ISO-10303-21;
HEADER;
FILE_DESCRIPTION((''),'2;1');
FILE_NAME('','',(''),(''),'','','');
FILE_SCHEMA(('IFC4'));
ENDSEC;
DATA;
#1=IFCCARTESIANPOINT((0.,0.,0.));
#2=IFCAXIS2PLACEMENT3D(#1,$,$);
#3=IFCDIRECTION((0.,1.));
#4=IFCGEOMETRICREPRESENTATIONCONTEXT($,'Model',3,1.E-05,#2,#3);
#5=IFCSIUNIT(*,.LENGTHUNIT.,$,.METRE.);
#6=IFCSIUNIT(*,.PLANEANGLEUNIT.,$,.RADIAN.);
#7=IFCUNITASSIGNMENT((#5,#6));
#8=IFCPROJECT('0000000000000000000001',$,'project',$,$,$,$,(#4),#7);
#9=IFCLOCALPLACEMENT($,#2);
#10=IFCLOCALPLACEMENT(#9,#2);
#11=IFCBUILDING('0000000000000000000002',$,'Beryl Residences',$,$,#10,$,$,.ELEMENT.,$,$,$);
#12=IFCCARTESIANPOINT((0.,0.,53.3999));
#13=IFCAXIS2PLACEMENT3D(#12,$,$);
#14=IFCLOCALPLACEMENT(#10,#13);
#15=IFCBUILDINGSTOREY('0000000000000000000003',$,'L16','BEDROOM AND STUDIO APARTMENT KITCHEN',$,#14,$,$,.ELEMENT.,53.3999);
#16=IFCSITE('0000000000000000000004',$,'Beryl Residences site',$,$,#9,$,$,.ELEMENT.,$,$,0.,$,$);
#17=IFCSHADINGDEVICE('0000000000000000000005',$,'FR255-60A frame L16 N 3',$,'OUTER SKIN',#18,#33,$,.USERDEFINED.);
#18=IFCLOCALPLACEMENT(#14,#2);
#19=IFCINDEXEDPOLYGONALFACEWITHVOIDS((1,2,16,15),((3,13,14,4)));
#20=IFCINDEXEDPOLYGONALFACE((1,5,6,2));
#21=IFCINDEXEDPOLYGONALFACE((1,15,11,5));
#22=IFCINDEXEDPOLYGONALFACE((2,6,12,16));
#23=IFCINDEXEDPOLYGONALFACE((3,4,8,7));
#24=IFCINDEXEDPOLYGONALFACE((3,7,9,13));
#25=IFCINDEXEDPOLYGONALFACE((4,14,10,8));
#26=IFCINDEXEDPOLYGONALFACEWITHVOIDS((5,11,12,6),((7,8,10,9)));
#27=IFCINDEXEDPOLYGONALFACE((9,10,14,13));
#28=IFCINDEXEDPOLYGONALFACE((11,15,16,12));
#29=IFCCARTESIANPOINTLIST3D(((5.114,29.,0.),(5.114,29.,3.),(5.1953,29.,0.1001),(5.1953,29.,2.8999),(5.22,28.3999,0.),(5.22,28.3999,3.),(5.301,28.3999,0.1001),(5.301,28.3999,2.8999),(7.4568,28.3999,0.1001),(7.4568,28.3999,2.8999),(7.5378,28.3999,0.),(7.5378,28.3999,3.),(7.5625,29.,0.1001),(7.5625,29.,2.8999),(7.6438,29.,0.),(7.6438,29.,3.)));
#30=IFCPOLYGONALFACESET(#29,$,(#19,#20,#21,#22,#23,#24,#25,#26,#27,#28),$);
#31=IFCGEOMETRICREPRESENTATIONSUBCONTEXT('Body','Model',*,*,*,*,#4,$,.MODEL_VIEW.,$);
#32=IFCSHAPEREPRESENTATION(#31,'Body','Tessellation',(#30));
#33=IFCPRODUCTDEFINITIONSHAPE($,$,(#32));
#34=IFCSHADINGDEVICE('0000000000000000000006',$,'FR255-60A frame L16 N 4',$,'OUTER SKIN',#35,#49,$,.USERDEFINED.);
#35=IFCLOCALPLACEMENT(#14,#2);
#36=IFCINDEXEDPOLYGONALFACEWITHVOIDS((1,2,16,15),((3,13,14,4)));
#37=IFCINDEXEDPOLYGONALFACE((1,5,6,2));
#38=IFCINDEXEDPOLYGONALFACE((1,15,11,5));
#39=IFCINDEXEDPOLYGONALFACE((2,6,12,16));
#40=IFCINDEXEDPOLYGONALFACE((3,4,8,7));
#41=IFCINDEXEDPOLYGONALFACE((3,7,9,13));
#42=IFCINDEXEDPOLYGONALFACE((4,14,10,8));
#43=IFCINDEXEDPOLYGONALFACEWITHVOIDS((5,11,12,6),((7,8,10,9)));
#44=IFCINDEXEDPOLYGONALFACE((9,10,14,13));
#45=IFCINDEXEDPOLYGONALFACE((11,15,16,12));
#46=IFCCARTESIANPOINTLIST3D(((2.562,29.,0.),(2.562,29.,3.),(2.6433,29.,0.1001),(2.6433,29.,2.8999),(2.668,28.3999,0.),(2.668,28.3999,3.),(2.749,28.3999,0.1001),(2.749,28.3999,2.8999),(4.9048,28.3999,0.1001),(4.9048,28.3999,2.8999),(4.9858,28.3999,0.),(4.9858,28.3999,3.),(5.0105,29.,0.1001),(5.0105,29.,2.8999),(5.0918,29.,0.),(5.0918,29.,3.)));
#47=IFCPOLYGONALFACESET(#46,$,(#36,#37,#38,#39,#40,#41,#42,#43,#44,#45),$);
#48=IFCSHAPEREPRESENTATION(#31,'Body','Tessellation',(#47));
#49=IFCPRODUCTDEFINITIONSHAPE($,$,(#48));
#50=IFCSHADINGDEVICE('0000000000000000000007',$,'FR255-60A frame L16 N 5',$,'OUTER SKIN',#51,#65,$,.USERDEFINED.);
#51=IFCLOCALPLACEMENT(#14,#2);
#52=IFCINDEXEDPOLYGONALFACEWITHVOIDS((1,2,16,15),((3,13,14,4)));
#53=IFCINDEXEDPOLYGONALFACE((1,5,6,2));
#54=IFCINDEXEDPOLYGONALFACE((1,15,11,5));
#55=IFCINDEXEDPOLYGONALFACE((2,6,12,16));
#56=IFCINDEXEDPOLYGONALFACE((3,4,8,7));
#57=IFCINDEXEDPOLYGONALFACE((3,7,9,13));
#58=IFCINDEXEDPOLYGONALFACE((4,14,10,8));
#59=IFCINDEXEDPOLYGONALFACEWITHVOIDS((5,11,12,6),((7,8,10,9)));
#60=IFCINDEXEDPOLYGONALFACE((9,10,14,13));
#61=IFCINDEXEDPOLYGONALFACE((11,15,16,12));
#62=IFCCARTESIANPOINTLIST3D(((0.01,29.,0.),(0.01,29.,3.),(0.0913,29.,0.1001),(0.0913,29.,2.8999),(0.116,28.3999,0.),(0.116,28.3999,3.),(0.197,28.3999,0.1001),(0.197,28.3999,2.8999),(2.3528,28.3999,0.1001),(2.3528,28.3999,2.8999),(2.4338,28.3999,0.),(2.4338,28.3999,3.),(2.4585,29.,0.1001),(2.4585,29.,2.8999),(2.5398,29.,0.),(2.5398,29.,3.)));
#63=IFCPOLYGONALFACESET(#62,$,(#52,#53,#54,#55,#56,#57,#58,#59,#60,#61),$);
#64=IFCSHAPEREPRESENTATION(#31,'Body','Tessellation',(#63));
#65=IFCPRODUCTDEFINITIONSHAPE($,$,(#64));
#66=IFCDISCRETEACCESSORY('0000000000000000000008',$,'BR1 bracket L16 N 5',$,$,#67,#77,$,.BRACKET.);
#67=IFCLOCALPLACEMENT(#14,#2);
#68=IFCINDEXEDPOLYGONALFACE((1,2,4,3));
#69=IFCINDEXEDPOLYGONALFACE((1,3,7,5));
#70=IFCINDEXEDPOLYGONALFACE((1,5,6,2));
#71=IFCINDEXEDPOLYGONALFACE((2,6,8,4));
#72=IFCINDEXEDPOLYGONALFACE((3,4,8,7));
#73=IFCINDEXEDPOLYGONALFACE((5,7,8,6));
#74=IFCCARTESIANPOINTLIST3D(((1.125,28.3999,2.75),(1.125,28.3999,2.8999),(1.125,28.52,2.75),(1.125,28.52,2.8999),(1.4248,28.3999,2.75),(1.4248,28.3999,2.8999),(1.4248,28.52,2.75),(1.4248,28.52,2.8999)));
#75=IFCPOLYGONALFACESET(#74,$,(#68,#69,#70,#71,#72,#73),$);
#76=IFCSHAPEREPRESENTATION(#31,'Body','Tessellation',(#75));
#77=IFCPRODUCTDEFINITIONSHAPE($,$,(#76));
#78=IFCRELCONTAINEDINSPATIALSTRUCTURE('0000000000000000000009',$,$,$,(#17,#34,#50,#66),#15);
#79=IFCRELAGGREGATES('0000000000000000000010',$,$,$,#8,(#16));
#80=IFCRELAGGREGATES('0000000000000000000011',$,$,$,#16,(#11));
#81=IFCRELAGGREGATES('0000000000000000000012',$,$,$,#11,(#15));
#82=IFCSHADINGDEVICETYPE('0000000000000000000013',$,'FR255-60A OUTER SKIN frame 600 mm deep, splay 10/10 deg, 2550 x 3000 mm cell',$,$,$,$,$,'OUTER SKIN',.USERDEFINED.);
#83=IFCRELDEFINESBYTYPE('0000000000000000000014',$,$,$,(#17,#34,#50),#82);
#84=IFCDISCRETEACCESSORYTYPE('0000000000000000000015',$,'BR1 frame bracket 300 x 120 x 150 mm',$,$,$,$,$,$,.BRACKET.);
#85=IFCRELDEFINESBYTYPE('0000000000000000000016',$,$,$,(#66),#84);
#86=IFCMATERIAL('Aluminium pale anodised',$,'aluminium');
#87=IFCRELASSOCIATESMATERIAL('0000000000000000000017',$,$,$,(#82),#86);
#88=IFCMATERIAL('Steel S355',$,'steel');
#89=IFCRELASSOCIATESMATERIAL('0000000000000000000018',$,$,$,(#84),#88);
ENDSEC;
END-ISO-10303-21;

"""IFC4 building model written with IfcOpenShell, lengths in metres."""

from ifc_helpers import new_model, entity, si_unit, direction, frame, origin, place, context, subcontext, project, spatial, polyline, outline, extrude, source, transform, mapped, material, type_object, type_shapes, element, save


model = new_model("IFC4")

# Units and contexts
model_context = context("Model", 3, precision=1e-05, world=origin(), true_north=direction((0.0, 1.0)))
body_context = subcontext(model_context, "Body", "Model", "MODEL_VIEW")
ifc_project = project(units=[si_unit("LENGTHUNIT", "METRE"), si_unit("PLANEANGLEUNIT", "RADIAN")], contexts=[model_context])

# Site, building, storey
site_placement = place(None, origin())
site = spatial("IfcSite", under=ifc_project, at=site_placement, Name="Beryl Residences site", CompositionType="ELEMENT", RefElevation=0.0)
building_placement = place(site_placement, origin())
building = spatial("IfcBuilding", under=site, at=building_placement, Name="Beryl Residences", CompositionType="ELEMENT")
storey_placement = place(building_placement, frame((0.0, 0.0, 53.3999)))
storey = spatial("IfcBuildingStorey", under=building, at=storey_placement, Name="L16", Description="BEDROOM AND STUDIO APARTMENT KITCHEN", CompositionType="ELEMENT", Elevation=53.3999)

# Shading devices
ifc_material_1 = material(Name="Aluminium pale anodised", Category="aluminium")
shading_device_type = type_object("IfcShadingDeviceType", Name="FR255-60A OUTER SKIN frame 600 mm deep, splay 10/10 deg, 2550 x 3000 mm cell", ElementType="OUTER SKIN", PredefinedType="USERDEFINED", material=ifc_material_1)
cartesian_point_1 = entity("IfcCartesianPoint", [-1.1589, 0.0])
cartesian_point_2 = entity("IfcCartesianPoint", [-1.0779, 0.1001])
cartesian_point_3 = entity("IfcCartesianPoint", [-1.2649, 0.0])
cartesian_point_4 = entity("IfcCartesianPoint", [-1.1836, 0.1001])
shared_shape_1 = source(origin(), body_context, "Body", "SweptSolid", [
    entity("IfcExtrudedAreaSolidTapered", entity("IfcArbitraryProfileDefWithVoids", "AREA", None, entity("IfcPolyline", [cartesian_point_1, entity("IfcCartesianPoint", [1.1589, 0.0]), entity("IfcCartesianPoint", [1.1589, 3.0]), entity("IfcCartesianPoint", [-1.1589, 3.0]), cartesian_point_1]), [entity("IfcPolyline", [cartesian_point_2, entity("IfcCartesianPoint", [1.0779, 0.1001]), entity("IfcCartesianPoint", [1.0779, 2.8999]), entity("IfcCartesianPoint", [-1.0779, 2.8999]), cartesian_point_2])]), entity("IfcAxis2Placement3D", entity("IfcCartesianPoint", [0.0, 0.0, 0.0]), entity("IfcDirection", [0.0, 1.0, 0.0]), entity("IfcDirection", [-1.0, 0.0, 0.0])), entity("IfcDirection", [0.0, 0.0, 1.0]), 0.6001, entity("IfcArbitraryProfileDefWithVoids", "AREA", None, entity("IfcPolyline", [cartesian_point_3, entity("IfcCartesianPoint", [1.2649, 0.0]), entity("IfcCartesianPoint", [1.2649, 3.0]), entity("IfcCartesianPoint", [-1.2649, 3.0]), cartesian_point_3]), [entity("IfcPolyline", [cartesian_point_4, entity("IfcCartesianPoint", [1.1836, 0.1001]), entity("IfcCartesianPoint", [1.1836, 2.8999]), entity("IfcCartesianPoint", [-1.1836, 2.8999]), cartesian_point_4])])),
])
type_shapes(shading_device_type, [shared_shape_1])
for number, where, z_axis, x_axis, name in (
    (1, (6.3789, 28.3999, 0.0), (0.0, 0.0, 1.0), (1.0, 0.0, 0.0), "FR255-60A frame L16 N 3"),
    (2, (3.8269, 28.3999, 0.0), (0.0, 0.0, 1.0), (1.0, 0.0, 0.0), "FR255-60A frame L16 N 4"),
    (3, (1.2749, 28.3999, 0.0), (0.0, 0.0, 1.0), (1.0, 0.0, 0.0), "FR255-60A frame L16 N 5"),
):
    element("IfcShadingDevice", number, at=place(storey_placement, frame(where, z_axis=z_axis, x_axis=x_axis)), inside=storey, type_object=shading_device_type, Name=name, ObjectType="OUTER SKIN", PredefinedType="USERDEFINED", context=body_context, shape_type="MappedRepresentation", body=[
        mapped(shared_shape_1, transform((0.0, 0.0, 0.0))),
    ])

# Discrete accessory
ifc_material_2 = material(Name="Steel S355", Category="steel")
discrete_accessory_type = type_object("IfcDiscreteAccessoryType", Name="BR1 frame bracket 300 x 120 x 150 mm", PredefinedType="BRACKET", material=ifc_material_2)
shared_shape_2 = source(origin(), body_context, "Body", "SweptSolid", [
    extrude(outline(polyline([(-0.1499, 0.0), (0.1499, 0.0), (0.1499, 0.1201), (-0.1499, 0.1201), (-0.1499, 0.0)])), origin(), (0.0, 0.0, 1.0), 0.1499),
])
type_shapes(discrete_accessory_type, [shared_shape_2])
discrete_accessory_placement = place(storey_placement, frame((1.2749, 28.3999, 2.75), z_axis=(0.0, 0.0, 1.0), x_axis=(1.0, 0.0, 0.0)))
element("IfcDiscreteAccessory", 4, at=discrete_accessory_placement, inside=storey, type_object=discrete_accessory_type, Name="BR1 bracket L16 N 5", PredefinedType="BRACKET", context=body_context, shape_type="MappedRepresentation", body=[
    mapped(shared_shape_2, transform((0.0, 0.0, 0.0))),
])

save(model, "model.ifc")
